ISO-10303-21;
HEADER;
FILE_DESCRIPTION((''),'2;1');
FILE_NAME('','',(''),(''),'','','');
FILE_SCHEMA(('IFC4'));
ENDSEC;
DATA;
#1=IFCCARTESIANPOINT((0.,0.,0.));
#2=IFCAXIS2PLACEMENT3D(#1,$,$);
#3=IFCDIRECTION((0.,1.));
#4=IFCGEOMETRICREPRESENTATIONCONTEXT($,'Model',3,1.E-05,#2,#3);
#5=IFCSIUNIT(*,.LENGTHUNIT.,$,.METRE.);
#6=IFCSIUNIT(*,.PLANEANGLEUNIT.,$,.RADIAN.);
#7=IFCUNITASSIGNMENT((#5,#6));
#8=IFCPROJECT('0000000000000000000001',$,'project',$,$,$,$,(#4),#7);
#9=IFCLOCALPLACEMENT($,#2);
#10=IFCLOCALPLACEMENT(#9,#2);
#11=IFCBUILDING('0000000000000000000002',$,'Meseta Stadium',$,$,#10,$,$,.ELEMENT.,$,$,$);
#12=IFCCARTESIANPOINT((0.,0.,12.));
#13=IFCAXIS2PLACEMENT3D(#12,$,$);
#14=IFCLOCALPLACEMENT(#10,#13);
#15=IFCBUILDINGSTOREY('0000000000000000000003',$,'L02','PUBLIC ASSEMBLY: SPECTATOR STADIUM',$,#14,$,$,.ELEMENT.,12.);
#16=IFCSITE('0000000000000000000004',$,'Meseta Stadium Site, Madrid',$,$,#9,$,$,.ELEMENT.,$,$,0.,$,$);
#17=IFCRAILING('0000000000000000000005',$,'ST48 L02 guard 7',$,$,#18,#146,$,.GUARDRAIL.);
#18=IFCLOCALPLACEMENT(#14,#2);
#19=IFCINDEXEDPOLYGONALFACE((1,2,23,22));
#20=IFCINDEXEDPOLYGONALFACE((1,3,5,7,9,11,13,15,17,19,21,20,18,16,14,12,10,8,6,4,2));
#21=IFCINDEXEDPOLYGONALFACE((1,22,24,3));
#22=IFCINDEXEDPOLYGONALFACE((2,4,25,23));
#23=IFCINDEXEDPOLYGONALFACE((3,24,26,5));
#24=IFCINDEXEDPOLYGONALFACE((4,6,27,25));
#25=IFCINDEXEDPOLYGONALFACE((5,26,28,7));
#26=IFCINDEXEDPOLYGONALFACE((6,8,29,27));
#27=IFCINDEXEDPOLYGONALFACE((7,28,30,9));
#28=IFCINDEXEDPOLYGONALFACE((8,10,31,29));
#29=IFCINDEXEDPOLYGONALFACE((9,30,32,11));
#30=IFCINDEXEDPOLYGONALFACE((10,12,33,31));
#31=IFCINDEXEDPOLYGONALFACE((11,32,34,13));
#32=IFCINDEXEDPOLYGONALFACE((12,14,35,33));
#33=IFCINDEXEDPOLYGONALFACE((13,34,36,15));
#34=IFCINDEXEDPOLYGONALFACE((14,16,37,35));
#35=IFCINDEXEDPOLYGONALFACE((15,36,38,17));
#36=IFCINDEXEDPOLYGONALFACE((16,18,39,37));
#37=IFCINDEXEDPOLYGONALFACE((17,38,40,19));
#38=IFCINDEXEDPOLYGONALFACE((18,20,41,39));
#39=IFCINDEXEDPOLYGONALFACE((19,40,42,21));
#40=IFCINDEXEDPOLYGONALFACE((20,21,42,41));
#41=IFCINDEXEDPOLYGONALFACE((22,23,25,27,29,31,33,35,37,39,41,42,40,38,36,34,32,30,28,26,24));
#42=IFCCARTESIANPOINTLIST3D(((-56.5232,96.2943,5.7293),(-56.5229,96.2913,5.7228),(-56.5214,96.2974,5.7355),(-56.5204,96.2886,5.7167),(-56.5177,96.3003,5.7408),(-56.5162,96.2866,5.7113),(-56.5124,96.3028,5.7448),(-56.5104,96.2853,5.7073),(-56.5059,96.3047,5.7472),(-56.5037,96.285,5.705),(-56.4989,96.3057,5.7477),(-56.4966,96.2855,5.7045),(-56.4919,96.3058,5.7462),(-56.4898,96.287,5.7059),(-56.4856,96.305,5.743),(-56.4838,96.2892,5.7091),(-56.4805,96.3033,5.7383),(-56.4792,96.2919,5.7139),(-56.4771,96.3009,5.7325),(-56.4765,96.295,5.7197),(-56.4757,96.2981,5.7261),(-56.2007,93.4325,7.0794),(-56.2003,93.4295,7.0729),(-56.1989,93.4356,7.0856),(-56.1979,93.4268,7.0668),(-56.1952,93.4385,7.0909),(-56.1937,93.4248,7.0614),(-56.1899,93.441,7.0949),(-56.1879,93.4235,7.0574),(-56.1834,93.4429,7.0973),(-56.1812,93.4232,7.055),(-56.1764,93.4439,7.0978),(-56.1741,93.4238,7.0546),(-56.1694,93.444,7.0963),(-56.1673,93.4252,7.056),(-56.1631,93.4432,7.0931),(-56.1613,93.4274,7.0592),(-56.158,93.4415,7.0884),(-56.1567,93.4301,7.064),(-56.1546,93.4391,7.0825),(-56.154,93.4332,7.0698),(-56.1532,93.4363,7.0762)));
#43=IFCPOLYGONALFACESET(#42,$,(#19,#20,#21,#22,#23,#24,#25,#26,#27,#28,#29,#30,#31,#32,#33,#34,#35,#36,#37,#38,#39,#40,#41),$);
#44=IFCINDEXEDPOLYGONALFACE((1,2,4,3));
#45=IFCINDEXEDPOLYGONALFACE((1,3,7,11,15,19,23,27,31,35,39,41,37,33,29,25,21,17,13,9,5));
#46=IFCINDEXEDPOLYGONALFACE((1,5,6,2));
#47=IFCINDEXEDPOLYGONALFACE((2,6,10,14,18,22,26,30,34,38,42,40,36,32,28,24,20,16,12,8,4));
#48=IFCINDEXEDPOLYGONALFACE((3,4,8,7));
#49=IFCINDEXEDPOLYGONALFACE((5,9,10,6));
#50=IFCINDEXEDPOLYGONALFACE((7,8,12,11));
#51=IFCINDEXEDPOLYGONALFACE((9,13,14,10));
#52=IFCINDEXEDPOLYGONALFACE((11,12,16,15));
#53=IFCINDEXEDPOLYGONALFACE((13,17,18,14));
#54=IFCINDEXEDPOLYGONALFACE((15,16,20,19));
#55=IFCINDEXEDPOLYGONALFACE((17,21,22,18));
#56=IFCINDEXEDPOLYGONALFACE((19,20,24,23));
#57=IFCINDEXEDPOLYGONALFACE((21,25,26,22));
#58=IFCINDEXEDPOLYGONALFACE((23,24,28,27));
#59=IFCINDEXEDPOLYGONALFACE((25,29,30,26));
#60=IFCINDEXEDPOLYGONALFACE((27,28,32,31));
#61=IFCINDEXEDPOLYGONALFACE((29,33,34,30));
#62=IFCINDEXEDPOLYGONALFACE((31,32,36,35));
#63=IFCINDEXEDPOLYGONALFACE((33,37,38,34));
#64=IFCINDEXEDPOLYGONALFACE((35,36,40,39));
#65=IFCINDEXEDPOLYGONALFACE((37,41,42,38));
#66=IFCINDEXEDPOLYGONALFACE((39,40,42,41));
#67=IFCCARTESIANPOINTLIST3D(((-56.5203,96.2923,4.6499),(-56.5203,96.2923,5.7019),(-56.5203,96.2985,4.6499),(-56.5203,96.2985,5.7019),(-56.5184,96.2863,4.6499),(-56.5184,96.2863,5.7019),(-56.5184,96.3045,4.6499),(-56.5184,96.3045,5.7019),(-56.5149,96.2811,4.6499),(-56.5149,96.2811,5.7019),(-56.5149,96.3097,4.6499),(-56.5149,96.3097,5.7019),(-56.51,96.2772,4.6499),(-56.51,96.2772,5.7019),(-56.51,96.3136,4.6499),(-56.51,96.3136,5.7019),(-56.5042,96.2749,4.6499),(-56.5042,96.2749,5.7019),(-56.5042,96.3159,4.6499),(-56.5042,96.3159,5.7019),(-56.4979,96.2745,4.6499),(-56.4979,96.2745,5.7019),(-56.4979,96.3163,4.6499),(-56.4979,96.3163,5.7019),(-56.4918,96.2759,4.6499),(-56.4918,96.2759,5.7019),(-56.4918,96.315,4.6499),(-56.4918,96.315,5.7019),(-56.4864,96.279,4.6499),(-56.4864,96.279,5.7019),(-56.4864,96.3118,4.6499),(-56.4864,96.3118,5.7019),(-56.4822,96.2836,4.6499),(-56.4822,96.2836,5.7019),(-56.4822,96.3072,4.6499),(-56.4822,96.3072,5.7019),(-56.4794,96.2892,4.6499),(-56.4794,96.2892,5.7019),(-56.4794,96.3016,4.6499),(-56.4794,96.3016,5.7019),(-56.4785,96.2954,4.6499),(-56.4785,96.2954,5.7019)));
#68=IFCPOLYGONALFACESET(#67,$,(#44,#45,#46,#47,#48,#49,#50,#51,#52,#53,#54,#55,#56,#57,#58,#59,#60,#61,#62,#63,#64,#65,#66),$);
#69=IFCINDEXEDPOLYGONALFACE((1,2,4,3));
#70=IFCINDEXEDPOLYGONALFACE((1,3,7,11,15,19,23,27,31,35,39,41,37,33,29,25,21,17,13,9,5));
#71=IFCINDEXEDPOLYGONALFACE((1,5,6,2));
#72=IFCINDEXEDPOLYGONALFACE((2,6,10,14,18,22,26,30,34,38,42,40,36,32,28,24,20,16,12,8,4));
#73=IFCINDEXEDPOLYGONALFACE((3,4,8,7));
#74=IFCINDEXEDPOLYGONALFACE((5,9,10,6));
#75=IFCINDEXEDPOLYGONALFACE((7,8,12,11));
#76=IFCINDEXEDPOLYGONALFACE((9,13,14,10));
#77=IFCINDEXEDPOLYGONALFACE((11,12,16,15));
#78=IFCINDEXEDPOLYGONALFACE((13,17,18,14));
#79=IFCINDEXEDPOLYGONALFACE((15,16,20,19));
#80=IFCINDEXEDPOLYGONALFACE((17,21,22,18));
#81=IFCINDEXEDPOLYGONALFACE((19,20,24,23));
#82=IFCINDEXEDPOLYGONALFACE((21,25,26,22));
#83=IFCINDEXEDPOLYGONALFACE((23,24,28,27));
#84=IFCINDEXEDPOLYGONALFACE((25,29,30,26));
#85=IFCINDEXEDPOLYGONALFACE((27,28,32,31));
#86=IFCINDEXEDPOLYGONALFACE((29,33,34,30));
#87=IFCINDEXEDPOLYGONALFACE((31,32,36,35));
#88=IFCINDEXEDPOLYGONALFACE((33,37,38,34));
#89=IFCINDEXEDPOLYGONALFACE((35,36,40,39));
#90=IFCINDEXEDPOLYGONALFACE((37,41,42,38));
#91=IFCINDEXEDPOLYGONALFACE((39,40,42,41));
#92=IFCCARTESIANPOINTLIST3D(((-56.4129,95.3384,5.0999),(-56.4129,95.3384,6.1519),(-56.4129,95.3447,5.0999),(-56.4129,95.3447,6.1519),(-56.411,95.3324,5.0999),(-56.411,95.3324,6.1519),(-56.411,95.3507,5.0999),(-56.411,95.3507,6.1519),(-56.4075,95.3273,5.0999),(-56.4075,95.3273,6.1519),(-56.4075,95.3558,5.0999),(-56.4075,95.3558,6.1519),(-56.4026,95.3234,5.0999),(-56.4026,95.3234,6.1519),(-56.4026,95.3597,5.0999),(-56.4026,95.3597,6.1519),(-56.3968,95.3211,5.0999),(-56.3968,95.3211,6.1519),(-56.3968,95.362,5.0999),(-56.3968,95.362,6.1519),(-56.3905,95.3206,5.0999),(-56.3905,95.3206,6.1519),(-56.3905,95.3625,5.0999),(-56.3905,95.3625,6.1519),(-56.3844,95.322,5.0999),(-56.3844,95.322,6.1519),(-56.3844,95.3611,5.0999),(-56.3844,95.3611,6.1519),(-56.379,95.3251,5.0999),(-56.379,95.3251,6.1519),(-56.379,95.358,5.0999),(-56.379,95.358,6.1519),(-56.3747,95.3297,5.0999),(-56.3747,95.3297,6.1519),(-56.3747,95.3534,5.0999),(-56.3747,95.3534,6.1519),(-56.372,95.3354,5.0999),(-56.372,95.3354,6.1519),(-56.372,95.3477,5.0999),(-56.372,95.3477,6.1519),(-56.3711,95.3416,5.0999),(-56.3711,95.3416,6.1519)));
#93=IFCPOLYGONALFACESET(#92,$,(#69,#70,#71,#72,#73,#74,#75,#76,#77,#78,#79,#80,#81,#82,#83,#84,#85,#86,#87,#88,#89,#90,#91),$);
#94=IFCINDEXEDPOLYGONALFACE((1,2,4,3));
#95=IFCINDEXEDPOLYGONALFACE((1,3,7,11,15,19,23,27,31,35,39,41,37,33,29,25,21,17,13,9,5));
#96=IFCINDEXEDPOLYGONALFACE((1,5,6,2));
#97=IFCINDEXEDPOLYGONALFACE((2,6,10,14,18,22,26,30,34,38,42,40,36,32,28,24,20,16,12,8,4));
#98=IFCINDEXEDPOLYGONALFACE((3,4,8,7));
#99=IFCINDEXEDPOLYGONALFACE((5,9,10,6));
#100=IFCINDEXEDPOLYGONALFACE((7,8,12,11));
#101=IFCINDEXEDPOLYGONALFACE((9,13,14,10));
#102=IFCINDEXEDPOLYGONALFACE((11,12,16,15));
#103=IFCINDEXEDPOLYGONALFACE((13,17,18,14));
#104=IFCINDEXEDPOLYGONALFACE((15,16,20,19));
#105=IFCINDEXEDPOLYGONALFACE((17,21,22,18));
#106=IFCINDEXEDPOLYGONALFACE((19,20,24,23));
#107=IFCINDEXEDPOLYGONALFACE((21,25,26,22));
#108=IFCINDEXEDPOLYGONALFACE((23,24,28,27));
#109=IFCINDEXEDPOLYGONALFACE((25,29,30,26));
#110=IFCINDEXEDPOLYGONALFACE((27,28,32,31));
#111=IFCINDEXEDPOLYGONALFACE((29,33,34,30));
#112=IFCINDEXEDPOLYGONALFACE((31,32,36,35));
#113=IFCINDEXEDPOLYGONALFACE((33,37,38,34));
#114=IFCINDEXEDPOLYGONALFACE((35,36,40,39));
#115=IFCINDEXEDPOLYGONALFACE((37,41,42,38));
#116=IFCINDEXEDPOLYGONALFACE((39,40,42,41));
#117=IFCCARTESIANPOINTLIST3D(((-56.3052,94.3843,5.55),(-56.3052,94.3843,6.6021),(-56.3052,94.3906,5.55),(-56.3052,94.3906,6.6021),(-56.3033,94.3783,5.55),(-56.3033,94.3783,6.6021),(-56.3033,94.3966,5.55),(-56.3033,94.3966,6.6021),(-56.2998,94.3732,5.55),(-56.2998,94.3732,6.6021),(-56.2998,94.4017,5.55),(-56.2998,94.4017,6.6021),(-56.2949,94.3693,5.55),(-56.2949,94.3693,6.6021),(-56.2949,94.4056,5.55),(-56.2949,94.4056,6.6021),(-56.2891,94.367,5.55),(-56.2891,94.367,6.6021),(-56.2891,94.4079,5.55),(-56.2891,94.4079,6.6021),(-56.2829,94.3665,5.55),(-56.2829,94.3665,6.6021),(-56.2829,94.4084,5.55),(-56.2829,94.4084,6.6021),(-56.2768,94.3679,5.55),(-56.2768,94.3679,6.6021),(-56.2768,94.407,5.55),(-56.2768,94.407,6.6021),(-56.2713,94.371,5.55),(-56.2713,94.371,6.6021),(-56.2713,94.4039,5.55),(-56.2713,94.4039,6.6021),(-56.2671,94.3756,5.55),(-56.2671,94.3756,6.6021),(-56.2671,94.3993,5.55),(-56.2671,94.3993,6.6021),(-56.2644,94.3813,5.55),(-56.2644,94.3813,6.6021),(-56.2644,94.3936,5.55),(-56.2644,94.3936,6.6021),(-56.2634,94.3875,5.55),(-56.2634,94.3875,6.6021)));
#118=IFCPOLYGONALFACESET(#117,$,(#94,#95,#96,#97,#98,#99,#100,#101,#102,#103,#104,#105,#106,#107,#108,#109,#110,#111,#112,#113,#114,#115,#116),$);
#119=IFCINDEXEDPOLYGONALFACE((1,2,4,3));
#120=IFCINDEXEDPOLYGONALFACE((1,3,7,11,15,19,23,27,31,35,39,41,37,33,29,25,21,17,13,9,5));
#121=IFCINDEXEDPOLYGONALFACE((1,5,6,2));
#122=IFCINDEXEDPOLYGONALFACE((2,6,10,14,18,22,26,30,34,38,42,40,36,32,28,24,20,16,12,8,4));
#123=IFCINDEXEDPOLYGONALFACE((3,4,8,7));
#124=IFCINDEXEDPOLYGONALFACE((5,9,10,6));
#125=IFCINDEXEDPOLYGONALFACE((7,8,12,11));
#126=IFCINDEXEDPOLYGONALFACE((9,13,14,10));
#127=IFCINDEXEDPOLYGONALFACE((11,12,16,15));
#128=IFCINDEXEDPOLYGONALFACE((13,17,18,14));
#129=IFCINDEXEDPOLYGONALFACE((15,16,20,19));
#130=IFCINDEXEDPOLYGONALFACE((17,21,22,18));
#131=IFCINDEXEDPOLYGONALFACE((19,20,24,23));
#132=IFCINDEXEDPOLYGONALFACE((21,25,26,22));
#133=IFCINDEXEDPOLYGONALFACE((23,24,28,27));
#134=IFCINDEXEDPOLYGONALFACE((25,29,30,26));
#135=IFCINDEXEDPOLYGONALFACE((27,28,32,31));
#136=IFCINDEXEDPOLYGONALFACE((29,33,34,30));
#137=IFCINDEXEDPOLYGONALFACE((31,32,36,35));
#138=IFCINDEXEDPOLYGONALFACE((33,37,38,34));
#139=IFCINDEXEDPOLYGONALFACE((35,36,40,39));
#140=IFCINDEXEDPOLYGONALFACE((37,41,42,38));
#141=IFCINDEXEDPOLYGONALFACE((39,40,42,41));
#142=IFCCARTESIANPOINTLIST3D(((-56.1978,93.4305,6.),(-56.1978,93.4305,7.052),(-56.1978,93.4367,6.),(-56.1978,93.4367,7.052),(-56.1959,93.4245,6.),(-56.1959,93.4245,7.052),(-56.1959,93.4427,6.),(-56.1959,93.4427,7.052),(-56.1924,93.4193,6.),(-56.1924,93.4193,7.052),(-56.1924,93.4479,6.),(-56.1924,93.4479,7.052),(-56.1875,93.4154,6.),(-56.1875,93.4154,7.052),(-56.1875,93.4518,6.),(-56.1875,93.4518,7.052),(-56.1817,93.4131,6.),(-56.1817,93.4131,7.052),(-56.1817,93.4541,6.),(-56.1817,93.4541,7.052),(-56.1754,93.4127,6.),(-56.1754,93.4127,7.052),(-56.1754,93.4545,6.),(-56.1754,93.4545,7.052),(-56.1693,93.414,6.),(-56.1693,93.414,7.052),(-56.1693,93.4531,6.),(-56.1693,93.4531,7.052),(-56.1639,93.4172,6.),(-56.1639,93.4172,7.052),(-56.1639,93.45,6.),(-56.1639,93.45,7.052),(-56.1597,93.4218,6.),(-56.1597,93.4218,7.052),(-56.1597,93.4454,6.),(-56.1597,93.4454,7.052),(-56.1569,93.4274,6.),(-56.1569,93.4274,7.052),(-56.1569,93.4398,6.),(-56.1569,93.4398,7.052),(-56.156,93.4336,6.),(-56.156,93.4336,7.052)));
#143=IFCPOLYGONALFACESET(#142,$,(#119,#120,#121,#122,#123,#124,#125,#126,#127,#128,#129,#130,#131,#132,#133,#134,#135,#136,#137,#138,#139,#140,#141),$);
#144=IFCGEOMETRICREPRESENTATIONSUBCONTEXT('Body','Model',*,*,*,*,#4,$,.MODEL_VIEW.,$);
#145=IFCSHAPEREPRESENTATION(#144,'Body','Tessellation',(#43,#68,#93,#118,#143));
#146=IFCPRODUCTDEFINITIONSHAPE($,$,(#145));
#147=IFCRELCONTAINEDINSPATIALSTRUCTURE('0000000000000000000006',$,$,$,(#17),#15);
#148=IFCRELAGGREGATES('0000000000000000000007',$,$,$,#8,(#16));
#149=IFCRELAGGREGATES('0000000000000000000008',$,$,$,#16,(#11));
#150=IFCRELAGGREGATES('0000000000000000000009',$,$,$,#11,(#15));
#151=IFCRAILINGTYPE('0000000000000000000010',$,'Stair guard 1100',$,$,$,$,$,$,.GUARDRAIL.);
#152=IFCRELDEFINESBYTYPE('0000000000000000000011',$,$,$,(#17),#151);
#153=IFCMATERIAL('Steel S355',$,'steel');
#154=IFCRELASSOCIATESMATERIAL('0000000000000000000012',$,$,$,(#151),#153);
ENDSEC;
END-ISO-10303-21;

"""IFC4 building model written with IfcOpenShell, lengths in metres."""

from ifc_helpers import new_model, si_unit, direction, frame, origin, origin_2d, place, context, subcontext, project, spatial, circle, extrude, material, type_object, element, save


model = new_model("IFC4")

# Units and contexts
model_context = context("Model", 3, precision=1e-05, world=origin(), true_north=direction((0.0, 1.0)))
body_context = subcontext(model_context, "Body", "Model", "MODEL_VIEW")
ifc_project = project(units=[si_unit("LENGTHUNIT", "METRE"), si_unit("PLANEANGLEUNIT", "RADIAN")], contexts=[model_context])

# Site, building, storey
site_placement = place(None, origin())
site = spatial("IfcSite", under=ifc_project, at=site_placement, Name="Meseta Stadium Site, Madrid", CompositionType="ELEMENT", RefElevation=0.0)
building_placement = place(site_placement, origin())
building = spatial("IfcBuilding", under=site, at=building_placement, Name="Meseta Stadium", CompositionType="ELEMENT")
storey_placement = place(building_placement, frame((0.0, 0.0, 12.0)))
storey = spatial("IfcBuildingStorey", under=building, at=storey_placement, Name="L02", Description="PUBLIC ASSEMBLY: SPECTATOR STADIUM", CompositionType="ELEMENT", Elevation=12.0)

# Railing
ifc_material_1 = material(Name="Steel S355", Category="steel")
railing_type_1 = type_object("IfcRailingType", Name="Stair guard 1100", PredefinedType="GUARDRAIL", material=ifc_material_1)
railing_1_placement = place(storey_placement, frame((-56.4995, 96.2954, 4.6499)))
element("IfcRailing", 1, at=railing_1_placement, inside=storey, type_object=railing_type_1, Name="ST48 L02 guard 7", PredefinedType="GUARDRAIL", context=body_context, shape_type="SweptSolid", body=[
    extrude(circle(Radius=0.0239, at=origin_2d()), frame((0.0, 0.0, 1.0762), z_axis=(0.101396, -0.899748, 0.424467), x_axis=(0.99371, 0.111985, 0.0)), (0.0, 0.0, 1.0), 3.1807),
    extrude(circle(Radius=0.021, at=origin_2d()), origin(), (0.0, 0.0, 1.0), 1.052),
    extrude(circle(Radius=0.021, at=origin_2d()), frame((0.1074, -0.9539, 0.45)), (0.0, 0.0, 1.0), 1.052),
    extrude(circle(Radius=0.021, at=origin_2d()), frame((0.2151, -1.908, 0.9001)), (0.0, 0.0, 1.0), 1.052),
    extrude(circle(Radius=0.021, at=origin_2d()), frame((0.3225, -2.8618, 1.3501)), (0.0, 0.0, 1.0), 1.052),
])

save(model, "model.ifc")
